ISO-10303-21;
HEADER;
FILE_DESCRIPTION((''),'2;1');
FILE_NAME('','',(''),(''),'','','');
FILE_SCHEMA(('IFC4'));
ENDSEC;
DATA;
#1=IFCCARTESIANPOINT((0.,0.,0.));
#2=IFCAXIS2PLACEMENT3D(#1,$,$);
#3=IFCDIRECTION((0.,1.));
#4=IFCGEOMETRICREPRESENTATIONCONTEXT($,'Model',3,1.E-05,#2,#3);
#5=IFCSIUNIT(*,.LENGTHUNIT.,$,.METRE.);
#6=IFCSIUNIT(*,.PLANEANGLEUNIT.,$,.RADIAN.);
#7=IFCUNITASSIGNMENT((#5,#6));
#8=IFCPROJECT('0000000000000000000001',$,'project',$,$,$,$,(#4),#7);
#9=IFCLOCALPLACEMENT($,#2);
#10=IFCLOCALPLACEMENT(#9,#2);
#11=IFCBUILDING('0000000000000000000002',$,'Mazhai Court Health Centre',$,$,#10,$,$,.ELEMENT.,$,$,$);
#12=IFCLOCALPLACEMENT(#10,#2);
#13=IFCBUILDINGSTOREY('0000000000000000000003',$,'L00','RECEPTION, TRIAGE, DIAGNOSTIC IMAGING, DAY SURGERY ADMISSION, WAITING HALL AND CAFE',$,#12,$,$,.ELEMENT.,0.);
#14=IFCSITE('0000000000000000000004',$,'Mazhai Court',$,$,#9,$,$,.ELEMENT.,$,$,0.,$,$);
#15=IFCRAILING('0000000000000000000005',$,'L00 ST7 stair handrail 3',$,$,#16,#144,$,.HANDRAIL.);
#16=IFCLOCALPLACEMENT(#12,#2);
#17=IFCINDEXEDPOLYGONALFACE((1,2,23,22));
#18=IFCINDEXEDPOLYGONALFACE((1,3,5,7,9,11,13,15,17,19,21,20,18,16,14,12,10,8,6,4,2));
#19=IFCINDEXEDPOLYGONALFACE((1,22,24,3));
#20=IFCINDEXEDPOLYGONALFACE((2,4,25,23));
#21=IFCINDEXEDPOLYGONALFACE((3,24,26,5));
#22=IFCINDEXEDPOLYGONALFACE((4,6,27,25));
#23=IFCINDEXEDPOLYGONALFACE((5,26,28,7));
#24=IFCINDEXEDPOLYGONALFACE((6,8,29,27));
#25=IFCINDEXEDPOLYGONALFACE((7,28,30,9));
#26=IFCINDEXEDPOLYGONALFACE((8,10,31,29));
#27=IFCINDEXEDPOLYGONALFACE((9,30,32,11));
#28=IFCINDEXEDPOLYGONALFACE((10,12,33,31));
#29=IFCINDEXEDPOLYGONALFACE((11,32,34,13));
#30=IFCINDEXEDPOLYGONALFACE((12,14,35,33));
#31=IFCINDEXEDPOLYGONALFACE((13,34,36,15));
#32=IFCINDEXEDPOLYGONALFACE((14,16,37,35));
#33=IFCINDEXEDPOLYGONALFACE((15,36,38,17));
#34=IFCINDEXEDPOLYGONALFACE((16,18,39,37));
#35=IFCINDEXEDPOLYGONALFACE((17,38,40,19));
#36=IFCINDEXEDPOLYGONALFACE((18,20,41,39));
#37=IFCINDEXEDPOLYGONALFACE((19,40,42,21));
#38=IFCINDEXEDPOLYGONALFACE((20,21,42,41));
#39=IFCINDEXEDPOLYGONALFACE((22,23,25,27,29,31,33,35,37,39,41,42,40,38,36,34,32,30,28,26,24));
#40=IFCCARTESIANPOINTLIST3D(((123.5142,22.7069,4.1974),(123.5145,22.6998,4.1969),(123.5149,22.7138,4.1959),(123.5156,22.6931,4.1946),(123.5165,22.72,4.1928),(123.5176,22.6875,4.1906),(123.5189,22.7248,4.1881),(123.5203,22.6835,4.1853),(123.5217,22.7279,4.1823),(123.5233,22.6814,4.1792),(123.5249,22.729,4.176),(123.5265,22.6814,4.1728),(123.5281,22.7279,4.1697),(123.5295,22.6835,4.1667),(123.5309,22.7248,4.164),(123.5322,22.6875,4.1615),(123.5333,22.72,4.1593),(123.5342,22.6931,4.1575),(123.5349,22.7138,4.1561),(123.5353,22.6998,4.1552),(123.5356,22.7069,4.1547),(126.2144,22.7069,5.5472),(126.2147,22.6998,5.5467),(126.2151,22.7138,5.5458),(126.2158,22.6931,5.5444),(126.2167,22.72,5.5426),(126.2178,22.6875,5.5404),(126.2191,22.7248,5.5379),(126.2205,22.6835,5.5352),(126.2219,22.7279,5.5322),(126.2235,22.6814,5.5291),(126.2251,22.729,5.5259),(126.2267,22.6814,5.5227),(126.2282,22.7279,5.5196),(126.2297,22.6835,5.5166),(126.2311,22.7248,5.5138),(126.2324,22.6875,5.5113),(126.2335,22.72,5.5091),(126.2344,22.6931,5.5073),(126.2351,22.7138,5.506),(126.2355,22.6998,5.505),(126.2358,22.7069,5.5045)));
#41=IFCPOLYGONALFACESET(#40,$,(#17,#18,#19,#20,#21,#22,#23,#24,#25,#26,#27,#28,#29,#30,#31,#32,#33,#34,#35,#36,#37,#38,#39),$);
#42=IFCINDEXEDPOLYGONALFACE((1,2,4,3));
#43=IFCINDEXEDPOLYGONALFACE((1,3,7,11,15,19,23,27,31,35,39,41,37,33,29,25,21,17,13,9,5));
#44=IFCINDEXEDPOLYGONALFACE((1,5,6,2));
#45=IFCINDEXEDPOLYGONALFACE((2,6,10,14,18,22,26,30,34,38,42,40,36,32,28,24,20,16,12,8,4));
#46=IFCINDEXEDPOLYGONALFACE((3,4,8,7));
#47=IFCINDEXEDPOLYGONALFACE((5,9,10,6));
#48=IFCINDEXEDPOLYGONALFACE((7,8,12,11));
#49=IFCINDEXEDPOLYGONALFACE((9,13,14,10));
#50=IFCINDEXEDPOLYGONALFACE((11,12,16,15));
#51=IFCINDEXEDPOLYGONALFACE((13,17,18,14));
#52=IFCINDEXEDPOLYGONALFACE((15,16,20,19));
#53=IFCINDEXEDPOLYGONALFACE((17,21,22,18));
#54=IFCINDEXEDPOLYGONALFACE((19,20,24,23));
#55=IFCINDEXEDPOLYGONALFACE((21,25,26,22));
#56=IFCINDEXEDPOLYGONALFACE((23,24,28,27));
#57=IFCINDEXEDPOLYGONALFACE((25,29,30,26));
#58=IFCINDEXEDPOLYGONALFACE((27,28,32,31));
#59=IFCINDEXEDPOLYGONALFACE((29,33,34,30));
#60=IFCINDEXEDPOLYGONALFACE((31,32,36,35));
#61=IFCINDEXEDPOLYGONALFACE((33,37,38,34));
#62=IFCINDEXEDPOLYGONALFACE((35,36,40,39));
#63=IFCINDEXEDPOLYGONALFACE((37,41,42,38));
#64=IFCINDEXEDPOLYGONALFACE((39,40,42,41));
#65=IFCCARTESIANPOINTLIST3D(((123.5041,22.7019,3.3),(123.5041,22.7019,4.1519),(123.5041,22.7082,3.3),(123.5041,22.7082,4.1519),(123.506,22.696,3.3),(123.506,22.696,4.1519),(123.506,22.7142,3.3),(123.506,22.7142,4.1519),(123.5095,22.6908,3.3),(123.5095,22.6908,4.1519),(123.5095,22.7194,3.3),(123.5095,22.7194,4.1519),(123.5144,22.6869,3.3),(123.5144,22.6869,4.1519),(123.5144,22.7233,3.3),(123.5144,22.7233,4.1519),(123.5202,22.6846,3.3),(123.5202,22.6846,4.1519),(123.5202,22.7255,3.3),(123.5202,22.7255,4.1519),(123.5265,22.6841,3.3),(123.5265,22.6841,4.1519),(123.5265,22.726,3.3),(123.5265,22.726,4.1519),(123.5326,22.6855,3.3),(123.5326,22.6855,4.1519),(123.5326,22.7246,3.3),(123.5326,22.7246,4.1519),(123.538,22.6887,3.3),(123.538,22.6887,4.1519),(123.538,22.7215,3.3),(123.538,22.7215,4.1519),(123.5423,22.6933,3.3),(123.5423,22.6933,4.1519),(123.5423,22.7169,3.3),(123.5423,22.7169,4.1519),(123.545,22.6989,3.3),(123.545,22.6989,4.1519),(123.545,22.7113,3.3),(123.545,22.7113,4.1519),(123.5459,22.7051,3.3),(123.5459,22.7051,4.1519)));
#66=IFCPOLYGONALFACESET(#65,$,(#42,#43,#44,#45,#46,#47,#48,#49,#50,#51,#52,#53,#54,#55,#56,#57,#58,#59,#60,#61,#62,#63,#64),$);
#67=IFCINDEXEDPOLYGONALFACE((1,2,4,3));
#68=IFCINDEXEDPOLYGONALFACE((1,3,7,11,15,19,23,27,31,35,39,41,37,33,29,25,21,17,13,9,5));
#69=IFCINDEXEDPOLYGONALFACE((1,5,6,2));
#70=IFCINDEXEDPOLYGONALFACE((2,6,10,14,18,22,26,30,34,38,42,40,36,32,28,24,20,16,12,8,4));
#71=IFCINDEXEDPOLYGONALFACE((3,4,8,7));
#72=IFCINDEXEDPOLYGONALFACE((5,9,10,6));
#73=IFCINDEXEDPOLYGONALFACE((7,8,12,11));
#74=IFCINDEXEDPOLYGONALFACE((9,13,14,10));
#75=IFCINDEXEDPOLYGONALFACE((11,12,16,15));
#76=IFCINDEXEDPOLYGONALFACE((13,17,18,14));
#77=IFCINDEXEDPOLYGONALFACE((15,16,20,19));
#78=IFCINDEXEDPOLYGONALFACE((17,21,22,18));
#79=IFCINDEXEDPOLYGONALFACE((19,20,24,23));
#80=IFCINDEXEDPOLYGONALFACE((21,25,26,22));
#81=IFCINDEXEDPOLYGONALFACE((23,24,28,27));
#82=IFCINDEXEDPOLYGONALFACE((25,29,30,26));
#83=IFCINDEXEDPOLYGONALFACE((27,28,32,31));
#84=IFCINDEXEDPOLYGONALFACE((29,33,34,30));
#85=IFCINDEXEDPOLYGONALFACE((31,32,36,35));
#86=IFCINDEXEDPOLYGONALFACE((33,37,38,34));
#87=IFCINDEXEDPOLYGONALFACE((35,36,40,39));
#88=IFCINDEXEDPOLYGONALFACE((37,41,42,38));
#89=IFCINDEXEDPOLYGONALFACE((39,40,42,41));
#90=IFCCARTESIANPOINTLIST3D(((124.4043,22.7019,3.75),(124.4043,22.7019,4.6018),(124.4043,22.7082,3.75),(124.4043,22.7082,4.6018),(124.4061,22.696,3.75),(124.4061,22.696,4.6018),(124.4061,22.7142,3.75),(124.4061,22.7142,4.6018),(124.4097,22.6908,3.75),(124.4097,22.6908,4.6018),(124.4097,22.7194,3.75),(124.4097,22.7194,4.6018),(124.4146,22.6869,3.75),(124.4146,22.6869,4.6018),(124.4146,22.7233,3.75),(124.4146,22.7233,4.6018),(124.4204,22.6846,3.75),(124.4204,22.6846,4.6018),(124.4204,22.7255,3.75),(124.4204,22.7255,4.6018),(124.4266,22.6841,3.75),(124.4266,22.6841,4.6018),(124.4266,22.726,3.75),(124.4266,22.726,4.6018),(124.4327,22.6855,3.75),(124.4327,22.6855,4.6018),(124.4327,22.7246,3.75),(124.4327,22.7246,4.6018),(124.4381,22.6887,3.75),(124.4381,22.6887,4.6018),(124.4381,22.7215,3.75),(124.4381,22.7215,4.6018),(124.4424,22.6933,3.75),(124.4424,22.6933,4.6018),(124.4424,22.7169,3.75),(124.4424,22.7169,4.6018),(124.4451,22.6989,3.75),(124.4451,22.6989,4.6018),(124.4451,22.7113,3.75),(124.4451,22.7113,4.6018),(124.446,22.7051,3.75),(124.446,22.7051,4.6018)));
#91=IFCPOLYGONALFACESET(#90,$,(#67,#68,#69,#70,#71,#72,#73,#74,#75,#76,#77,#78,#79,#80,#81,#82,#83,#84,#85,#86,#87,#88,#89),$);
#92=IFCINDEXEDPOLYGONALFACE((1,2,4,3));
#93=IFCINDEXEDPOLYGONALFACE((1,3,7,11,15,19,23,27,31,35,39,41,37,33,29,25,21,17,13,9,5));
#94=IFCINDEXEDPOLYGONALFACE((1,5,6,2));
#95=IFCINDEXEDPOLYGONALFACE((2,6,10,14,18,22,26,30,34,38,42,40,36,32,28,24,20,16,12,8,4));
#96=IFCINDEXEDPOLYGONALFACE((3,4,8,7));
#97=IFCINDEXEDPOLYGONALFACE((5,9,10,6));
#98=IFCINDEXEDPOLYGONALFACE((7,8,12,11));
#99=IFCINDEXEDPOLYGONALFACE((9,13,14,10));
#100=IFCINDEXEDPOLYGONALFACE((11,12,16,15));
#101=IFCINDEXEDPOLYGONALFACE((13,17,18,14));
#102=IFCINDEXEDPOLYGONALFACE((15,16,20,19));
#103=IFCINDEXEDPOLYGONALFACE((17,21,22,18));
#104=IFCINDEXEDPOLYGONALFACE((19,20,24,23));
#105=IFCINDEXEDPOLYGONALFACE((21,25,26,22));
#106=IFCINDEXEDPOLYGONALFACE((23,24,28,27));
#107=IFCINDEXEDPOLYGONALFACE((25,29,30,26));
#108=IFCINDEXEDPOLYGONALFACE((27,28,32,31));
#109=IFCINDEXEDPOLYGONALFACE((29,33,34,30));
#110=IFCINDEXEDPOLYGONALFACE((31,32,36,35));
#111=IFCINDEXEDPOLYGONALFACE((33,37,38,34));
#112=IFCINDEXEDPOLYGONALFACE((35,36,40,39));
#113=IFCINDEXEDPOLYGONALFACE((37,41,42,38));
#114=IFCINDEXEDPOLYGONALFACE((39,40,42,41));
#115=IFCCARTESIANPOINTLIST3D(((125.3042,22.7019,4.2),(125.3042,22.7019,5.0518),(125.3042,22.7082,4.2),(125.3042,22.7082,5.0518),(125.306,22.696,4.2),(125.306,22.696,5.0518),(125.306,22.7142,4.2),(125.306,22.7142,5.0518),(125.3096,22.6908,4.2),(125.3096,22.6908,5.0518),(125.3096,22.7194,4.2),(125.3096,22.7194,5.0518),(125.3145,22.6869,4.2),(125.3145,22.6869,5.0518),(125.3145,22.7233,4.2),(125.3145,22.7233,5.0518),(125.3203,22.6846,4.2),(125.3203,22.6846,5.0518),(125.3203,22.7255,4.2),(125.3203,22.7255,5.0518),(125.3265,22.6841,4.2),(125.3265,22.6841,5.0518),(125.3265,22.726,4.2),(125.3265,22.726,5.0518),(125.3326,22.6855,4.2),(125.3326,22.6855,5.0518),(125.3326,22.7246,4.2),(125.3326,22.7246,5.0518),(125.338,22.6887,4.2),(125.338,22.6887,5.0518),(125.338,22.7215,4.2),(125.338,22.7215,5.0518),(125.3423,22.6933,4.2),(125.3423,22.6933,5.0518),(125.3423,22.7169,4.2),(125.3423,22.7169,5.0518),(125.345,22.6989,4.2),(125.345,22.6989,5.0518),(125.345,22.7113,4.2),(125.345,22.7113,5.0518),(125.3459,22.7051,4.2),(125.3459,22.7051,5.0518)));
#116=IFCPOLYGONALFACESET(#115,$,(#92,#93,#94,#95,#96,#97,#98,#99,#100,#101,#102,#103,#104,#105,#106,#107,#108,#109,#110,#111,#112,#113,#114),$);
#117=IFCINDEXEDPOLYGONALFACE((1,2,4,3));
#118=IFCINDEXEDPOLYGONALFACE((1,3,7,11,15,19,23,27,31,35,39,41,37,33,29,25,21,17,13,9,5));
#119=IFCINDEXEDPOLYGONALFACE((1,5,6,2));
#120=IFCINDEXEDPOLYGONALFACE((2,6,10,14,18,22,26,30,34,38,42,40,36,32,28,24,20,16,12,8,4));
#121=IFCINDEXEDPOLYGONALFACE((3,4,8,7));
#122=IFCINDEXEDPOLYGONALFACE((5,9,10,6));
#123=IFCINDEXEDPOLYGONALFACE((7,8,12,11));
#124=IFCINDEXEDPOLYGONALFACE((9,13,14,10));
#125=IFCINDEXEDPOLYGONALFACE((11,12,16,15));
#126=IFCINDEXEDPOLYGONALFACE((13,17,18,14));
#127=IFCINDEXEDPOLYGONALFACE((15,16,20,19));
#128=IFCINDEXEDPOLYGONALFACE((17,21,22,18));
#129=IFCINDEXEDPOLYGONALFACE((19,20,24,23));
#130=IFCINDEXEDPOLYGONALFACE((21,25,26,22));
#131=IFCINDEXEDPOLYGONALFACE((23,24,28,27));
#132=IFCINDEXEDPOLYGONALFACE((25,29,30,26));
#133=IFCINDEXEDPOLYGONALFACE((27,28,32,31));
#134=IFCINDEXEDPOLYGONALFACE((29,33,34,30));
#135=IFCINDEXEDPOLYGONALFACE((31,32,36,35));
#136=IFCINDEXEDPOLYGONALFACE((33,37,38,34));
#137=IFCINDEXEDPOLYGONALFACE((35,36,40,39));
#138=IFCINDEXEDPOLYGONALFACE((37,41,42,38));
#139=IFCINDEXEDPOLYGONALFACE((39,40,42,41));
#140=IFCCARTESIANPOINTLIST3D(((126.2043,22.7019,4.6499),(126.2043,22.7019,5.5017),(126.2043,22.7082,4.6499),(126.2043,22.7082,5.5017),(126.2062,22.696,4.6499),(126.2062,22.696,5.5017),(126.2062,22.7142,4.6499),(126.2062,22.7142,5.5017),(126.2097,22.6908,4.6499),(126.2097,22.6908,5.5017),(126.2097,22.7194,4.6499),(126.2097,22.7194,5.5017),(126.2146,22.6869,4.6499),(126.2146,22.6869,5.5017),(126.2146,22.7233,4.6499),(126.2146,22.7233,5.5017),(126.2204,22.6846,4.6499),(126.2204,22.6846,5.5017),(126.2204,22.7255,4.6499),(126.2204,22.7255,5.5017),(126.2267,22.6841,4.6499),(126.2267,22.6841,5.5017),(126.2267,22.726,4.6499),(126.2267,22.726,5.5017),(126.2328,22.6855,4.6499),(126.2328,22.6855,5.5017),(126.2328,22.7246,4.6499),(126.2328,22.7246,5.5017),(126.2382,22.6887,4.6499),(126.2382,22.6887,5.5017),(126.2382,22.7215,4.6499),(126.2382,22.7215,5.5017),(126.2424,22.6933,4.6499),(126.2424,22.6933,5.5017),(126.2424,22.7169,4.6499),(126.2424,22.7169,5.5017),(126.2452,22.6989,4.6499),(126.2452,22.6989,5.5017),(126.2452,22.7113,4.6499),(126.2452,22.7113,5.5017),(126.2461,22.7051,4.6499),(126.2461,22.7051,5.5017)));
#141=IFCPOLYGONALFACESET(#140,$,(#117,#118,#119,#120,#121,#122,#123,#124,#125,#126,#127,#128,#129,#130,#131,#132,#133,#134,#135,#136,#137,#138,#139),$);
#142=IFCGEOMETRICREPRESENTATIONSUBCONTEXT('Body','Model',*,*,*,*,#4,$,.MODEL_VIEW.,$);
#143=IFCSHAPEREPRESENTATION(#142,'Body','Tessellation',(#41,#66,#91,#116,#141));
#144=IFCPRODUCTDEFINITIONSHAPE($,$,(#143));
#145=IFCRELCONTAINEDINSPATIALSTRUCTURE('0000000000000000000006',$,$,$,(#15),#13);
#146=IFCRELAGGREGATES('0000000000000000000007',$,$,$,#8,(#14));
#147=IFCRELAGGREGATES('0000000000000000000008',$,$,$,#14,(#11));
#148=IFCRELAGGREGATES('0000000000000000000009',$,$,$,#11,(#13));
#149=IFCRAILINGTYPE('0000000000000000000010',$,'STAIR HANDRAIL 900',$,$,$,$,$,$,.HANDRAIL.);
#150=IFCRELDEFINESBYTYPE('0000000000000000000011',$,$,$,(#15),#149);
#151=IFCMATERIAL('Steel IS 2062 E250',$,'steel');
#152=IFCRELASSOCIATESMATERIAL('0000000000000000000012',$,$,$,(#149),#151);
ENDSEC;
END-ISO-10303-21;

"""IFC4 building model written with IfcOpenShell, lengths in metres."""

from ifc_helpers import new_model, si_unit, direction, frame, origin, origin_2d, place, context, subcontext, project, spatial, circle, extrude, material, type_object, element, save


model = new_model("IFC4")

# Units and contexts
model_context = context("Model", 3, precision=1e-05, world=origin(), true_north=direction((0.0, 1.0)))
body_context = subcontext(model_context, "Body", "Model", "MODEL_VIEW")
ifc_project = project(units=[si_unit("LENGTHUNIT", "METRE"), si_unit("PLANEANGLEUNIT", "RADIAN")], contexts=[model_context])

# Site, building, storey
site_placement = place(None, origin())
site = spatial("IfcSite", under=ifc_project, at=site_placement, Name="Mazhai Court", CompositionType="ELEMENT", RefElevation=0.0)
building_placement = place(site_placement, origin())
building = spatial("IfcBuilding", under=site, at=building_placement, Name="Mazhai Court Health Centre", CompositionType="ELEMENT")
storey_placement = place(building_placement, origin())
storey = spatial("IfcBuildingStorey", under=building, at=storey_placement, Name="L00", Description="RECEPTION, TRIAGE, DIAGNOSTIC IMAGING, DAY SURGERY ADMISSION, WAITING HALL AND CAFE", CompositionType="ELEMENT", Elevation=0.0)

# Railing
ifc_material_1 = material(Name="Steel IS 2062 E250", Category="steel")
railing_type = type_object("IfcRailingType", Name="STAIR HANDRAIL 900", PredefinedType="HANDRAIL", material=ifc_material_1)
railing_1_placement = place(storey_placement, frame((123.5249, 22.7051, 3.3)))
element("IfcRailing", 1, at=railing_1_placement, inside=storey, type_object=railing_type, Name="L00 ST7 stair handrail 3", PredefinedType="HANDRAIL", context=body_context, shape_type="SweptSolid", body=[
    extrude(circle(Radius=0.0239, at=origin_2d()), frame((0.0, 0.0, 0.876), z_axis=(0.89446, 0.0, 0.447149), x_axis=(0.0, 1.0, 0.0)), (0.0, 0.0, 1.0), 3.0188),
    extrude(circle(Radius=0.021, at=origin_2d()), origin(), (0.0, 0.0, 1.0), 0.8518),
    extrude(circle(Radius=0.021, at=origin_2d()), frame((0.9001, 0.0, 0.45)), (0.0, 0.0, 1.0), 0.8518),
    extrude(circle(Radius=0.021, at=origin_2d()), frame((1.8, 0.0, 0.8999)), (0.0, 0.0, 1.0), 0.8518),
    extrude(circle(Radius=0.021, at=origin_2d()), frame((2.7002, 0.0, 1.3499)), (0.0, 0.0, 1.0), 0.8518),
])

save(model, "model.ifc")
